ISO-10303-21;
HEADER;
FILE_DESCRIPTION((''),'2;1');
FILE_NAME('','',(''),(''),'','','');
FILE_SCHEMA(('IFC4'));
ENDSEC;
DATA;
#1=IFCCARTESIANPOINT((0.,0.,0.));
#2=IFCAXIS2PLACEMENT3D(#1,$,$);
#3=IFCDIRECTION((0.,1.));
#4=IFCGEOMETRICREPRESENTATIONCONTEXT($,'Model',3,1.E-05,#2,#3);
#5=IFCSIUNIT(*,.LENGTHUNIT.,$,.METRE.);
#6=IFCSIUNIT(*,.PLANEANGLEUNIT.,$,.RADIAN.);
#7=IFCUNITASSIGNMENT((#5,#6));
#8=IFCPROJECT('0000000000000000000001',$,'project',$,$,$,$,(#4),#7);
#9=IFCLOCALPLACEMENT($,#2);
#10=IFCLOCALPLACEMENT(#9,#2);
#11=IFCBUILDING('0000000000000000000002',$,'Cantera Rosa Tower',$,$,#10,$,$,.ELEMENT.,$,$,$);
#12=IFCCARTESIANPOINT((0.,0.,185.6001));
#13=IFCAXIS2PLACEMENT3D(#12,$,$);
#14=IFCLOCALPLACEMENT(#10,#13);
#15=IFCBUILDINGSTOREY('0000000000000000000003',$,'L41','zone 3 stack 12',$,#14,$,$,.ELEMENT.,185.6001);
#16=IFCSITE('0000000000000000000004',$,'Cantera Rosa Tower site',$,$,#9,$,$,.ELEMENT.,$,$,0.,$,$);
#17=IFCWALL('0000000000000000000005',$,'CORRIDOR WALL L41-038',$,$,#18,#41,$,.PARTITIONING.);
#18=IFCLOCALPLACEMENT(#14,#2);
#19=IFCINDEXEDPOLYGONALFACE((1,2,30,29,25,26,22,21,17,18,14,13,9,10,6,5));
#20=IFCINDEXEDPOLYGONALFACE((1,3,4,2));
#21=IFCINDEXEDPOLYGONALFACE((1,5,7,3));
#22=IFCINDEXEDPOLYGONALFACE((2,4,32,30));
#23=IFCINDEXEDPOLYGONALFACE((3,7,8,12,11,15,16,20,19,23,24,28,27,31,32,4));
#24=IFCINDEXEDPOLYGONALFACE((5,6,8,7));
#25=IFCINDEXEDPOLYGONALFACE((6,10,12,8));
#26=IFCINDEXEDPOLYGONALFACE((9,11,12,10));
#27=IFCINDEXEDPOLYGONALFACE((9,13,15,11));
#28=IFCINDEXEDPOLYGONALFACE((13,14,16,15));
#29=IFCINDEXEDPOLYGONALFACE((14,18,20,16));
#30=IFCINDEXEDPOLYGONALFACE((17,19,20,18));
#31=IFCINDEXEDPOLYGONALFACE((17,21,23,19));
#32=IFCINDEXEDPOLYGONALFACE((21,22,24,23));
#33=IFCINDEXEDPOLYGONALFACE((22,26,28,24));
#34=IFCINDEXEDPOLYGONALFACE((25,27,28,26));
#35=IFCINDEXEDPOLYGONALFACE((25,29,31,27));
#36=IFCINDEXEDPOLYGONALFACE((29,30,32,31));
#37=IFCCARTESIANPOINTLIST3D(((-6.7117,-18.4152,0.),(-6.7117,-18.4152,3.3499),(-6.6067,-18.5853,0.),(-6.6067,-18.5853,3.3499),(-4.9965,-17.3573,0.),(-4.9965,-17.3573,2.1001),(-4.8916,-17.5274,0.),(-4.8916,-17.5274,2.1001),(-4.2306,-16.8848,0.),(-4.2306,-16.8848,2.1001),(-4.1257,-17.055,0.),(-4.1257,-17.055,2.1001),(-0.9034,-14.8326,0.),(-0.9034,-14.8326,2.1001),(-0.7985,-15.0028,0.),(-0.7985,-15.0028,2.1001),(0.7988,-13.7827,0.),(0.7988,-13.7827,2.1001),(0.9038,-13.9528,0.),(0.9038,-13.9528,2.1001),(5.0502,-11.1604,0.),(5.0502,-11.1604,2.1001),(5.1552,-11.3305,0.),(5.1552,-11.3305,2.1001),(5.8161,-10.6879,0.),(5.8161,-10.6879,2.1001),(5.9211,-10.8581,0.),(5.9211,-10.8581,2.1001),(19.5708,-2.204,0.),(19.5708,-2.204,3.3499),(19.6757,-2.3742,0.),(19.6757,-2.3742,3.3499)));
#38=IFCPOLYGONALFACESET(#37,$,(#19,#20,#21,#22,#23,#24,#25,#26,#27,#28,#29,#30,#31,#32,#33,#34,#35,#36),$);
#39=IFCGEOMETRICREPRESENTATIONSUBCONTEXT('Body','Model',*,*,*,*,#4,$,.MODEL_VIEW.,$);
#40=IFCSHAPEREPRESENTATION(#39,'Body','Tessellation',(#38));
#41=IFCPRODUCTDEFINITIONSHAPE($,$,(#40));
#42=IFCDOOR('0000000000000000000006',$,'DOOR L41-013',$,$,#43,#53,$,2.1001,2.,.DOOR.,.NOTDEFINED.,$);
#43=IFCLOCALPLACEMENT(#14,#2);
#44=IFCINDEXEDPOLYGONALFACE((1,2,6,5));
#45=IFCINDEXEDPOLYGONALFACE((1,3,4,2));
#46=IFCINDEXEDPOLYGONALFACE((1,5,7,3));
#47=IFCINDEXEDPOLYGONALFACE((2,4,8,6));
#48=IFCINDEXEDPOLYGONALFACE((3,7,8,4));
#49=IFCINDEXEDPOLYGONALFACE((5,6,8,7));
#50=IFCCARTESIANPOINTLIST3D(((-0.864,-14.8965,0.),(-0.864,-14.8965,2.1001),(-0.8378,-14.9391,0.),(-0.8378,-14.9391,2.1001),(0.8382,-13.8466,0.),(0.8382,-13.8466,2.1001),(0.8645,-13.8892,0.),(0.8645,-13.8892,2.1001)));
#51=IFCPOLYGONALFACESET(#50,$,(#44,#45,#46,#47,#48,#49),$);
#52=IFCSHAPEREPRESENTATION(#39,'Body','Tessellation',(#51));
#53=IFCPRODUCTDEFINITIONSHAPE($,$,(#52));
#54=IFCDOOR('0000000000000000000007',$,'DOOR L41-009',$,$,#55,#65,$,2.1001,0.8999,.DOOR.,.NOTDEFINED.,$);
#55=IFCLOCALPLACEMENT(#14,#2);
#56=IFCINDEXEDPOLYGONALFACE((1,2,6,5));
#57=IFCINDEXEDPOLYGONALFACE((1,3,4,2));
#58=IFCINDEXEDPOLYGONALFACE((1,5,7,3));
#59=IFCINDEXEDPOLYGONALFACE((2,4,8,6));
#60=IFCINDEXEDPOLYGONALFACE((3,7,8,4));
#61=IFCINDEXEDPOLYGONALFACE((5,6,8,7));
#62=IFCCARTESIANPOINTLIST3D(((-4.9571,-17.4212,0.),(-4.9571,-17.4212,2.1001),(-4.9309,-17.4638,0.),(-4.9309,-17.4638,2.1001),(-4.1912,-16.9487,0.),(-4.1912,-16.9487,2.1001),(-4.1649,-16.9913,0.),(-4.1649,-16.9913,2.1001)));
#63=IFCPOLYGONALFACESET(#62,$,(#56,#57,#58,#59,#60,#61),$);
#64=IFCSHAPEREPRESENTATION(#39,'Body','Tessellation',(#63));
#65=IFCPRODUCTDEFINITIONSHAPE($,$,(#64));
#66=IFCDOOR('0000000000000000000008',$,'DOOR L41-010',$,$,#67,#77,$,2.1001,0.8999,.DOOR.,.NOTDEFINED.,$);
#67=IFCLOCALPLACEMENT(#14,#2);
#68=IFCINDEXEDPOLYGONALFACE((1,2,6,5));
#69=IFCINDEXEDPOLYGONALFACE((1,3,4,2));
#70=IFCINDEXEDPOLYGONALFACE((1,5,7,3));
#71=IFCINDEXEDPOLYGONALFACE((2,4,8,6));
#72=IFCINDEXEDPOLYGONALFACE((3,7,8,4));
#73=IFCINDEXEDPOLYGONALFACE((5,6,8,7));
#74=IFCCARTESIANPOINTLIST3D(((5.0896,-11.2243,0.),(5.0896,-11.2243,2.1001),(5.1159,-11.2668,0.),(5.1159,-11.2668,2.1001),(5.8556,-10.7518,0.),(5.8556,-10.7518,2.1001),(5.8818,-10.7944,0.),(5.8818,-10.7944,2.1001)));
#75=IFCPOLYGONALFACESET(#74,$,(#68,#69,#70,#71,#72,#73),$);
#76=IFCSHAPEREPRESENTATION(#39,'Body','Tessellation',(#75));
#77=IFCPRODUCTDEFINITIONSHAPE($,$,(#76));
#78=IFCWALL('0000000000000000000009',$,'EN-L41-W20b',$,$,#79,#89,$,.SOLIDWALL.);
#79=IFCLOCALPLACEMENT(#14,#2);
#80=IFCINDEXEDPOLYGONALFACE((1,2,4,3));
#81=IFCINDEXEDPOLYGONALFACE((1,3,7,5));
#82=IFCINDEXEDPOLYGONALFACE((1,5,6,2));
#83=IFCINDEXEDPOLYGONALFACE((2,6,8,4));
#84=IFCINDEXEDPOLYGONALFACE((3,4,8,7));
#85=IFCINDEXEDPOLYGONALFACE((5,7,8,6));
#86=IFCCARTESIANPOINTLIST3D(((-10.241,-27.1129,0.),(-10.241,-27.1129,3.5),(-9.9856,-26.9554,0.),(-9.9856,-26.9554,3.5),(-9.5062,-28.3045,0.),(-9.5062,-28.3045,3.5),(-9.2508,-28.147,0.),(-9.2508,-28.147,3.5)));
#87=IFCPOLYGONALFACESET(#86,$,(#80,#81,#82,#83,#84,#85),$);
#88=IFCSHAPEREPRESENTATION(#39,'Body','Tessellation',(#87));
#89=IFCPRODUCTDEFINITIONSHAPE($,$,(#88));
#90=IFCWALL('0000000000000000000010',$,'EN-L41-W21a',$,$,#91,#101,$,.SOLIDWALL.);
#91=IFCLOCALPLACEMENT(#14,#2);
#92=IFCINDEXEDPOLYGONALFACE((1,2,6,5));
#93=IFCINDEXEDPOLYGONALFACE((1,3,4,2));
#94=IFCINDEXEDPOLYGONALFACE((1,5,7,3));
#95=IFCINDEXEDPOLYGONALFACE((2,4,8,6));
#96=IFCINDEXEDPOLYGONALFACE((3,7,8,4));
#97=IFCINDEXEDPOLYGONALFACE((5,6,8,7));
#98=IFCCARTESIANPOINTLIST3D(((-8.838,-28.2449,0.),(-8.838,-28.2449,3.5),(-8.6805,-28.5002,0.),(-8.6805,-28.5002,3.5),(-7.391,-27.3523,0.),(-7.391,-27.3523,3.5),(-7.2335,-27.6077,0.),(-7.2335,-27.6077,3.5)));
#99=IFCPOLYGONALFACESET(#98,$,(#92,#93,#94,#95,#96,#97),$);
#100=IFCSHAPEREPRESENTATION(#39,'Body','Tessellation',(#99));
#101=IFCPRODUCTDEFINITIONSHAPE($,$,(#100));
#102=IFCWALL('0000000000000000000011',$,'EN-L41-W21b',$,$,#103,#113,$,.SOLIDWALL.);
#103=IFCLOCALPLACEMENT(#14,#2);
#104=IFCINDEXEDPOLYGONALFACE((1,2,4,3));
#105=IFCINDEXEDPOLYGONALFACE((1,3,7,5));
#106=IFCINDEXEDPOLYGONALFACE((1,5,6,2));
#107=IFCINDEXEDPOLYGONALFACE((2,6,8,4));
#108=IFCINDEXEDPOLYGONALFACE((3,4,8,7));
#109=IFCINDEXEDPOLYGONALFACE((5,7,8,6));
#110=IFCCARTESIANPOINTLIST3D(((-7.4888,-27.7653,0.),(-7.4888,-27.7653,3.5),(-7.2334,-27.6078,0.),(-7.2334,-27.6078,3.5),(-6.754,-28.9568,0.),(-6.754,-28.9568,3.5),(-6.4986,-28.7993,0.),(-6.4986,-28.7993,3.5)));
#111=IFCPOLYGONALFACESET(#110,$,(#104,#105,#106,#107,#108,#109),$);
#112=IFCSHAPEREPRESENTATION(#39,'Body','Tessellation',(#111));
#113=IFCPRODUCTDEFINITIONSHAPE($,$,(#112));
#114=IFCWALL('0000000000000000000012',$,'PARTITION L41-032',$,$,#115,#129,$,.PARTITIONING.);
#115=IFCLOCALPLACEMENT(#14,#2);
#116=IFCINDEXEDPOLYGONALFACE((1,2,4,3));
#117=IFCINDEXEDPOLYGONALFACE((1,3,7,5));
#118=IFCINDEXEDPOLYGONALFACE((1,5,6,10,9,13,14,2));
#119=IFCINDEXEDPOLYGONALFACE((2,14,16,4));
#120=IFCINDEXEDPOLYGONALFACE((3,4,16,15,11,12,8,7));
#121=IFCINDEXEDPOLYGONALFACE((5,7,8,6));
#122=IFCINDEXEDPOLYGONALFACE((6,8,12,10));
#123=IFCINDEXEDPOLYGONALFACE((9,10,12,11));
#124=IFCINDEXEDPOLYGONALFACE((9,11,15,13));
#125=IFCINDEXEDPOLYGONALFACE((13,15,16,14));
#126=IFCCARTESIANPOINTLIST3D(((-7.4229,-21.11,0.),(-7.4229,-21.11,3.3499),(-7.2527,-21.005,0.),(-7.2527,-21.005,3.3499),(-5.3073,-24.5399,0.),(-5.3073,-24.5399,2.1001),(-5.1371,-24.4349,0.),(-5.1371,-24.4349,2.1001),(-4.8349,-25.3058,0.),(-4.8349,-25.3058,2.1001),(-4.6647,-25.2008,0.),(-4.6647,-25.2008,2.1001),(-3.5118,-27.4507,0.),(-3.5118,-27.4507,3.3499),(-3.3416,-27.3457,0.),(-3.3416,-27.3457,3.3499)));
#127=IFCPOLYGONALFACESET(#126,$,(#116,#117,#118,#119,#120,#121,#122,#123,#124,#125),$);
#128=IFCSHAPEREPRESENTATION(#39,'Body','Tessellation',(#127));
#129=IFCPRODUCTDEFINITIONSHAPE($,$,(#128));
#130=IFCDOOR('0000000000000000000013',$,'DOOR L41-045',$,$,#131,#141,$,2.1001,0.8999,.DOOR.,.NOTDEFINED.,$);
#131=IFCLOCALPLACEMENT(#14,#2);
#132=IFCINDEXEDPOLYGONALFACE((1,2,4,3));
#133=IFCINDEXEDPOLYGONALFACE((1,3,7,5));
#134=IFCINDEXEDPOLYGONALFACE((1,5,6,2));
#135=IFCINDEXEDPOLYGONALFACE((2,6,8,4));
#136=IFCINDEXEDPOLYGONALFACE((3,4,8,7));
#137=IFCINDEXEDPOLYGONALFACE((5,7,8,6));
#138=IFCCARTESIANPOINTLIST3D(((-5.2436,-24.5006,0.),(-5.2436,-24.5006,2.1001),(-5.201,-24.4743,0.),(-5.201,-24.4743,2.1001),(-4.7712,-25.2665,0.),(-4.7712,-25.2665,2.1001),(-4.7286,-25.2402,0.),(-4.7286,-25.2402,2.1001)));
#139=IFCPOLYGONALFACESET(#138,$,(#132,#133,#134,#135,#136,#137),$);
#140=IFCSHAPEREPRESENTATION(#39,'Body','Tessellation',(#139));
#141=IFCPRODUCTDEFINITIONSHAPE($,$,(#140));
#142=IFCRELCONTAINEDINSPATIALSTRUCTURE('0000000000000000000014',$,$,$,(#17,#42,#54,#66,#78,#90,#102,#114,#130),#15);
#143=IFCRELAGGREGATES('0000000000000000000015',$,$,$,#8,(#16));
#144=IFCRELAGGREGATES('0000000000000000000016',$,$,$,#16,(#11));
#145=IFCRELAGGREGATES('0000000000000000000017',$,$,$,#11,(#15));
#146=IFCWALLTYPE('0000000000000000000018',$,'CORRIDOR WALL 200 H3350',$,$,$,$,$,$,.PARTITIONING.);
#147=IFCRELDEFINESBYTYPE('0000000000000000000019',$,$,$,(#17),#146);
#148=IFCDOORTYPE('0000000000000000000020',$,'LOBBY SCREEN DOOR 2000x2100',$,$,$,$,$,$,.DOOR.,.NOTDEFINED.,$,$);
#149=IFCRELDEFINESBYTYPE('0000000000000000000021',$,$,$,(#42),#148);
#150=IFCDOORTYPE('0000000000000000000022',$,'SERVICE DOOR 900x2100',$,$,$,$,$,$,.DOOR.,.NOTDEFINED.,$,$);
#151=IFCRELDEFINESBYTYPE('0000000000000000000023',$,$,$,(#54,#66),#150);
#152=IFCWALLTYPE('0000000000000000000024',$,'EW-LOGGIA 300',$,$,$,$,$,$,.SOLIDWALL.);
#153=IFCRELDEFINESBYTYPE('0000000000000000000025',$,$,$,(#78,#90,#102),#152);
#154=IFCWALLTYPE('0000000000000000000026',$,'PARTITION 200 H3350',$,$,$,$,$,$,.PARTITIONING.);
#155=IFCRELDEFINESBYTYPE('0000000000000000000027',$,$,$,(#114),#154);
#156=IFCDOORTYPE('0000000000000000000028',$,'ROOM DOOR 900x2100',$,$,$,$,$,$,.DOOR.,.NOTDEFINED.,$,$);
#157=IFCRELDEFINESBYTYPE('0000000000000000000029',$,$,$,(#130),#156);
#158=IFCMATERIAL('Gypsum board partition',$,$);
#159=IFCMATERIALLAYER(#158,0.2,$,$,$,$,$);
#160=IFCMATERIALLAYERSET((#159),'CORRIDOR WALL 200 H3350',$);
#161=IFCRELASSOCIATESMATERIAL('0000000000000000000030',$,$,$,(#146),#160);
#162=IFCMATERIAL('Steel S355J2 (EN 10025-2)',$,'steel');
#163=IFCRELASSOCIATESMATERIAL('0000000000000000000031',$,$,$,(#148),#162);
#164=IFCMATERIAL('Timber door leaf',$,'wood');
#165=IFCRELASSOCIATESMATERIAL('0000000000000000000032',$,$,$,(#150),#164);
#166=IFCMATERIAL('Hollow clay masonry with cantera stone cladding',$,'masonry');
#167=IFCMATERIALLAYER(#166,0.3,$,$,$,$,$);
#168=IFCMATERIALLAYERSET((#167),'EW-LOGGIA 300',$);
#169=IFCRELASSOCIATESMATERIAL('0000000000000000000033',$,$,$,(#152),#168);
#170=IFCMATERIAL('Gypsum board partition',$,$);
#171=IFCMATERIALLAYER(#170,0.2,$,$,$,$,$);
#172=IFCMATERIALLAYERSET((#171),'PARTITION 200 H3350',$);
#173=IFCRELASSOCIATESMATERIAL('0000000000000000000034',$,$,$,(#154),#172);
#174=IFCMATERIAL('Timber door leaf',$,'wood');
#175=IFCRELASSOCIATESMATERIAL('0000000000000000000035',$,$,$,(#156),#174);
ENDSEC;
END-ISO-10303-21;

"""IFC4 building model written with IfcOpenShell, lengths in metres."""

from ifc_helpers import new_model, si_unit, direction, frame, frame_2d, origin, place, context, subcontext, project, spatial, rectangle, extrude, material, layer, layer_set, type_object, element, fill, save


model = new_model("IFC4")

# Units and contexts
model_context = context("Model", 3, precision=1e-05, world=origin(), true_north=direction((0.0, 1.0)))
body_context = subcontext(model_context, "Body", "Model", "MODEL_VIEW")
ifc_project = project(units=[si_unit("LENGTHUNIT", "METRE"), si_unit("PLANEANGLEUNIT", "RADIAN")], contexts=[model_context])

# Site, building, storey
site_placement = place(None, origin())
site = spatial("IfcSite", under=ifc_project, at=site_placement, Name="Cantera Rosa Tower site", CompositionType="ELEMENT", RefElevation=0.0)
building_placement = place(site_placement, origin())
building = spatial("IfcBuilding", under=site, at=building_placement, Name="Cantera Rosa Tower", CompositionType="ELEMENT")
storey_placement = place(building_placement, frame((0.0, 0.0, 185.6001)))
storey = spatial("IfcBuildingStorey", under=building, at=storey_placement, Name="L41", Description="zone 3 stack 12", CompositionType="ELEMENT", Elevation=185.6001)

# Wall, openings, doors
ifc_material_1 = material(Name="Gypsum board partition")
ifc_layer_1 = layer(ifc_material_1, 0.2)
ifc_layer_set_1 = layer_set([ifc_layer_1], Name="CORRIDOR WALL 200 H3350")
wall_type_1 = type_object("IfcWallType", Name="CORRIDOR WALL 200 H3350", PredefinedType="PARTITIONING", material=ifc_layer_set_1)
wall_1_placement = place(storey_placement, frame((-6.6592, -18.5002, 0.0), z_axis=(0.0, 0.0, 1.0), x_axis=(0.851118, 0.524975, 0.0)))
wall_1 = element("IfcWall", 1, at=wall_1_placement, inside=storey, type_object=wall_type_1, Name="CORRIDOR WALL L41-038", PredefinedType="PARTITIONING", context=body_context, shape_type="SweptSolid", body=[
    extrude(rectangle(XDim=30.8799, YDim=0.2, at=frame_2d((15.4399, 0.0))), origin(), (0.0, 0.0, 1.0), 3.3499),
])
opening_1_placement = place(wall_1_placement, frame((2.0151, 0.0, 0.0)))
opening_1 = element("IfcOpeningElement", 2, at=opening_1_placement, cuts=wall_1, PredefinedType="OPENING", context=body_context, shape_type="SweptSolid", body=[
    extrude(rectangle(XDim=0.8999, YDim=2.1001, at=frame_2d((0.45, 1.05))), frame((0.0, 0.1099, 0.0), z_axis=(0.0, -1.0, 0.0), x_axis=(1.0, 0.0, 0.0)), (0.0, 0.0, 1.0), 0.22),
])
opening_2_placement = place(wall_1_placement, frame((13.8193, 0.0, 0.0)))
opening_2 = element("IfcOpeningElement", 3, at=opening_2_placement, cuts=wall_1, PredefinedType="OPENING", context=body_context, shape_type="SweptSolid", body=[
    extrude(rectangle(XDim=0.8999, YDim=2.1001, at=frame_2d((0.45, 1.05))), frame((0.0, 0.1099, 0.0), z_axis=(0.0, -1.0, 0.0), x_axis=(1.0, 0.0, 0.0)), (0.0, 0.0, 1.0), 0.22),
])
opening_3_placement = place(wall_1_placement, frame((6.8242, 0.0, 0.0)))
opening_3 = element("IfcOpeningElement", 4, at=opening_3_placement, cuts=wall_1, PredefinedType="OPENING", context=body_context, shape_type="SweptSolid", body=[
    extrude(rectangle(XDim=2.0, YDim=2.1001, at=frame_2d((1.0, 1.05))), frame((0.0, 0.1099, 0.0), z_axis=(0.0, -1.0, 0.0), x_axis=(1.0, 0.0, 0.0)), (0.0, 0.0, 1.0), 0.22),
])
ifc_material_2 = material(Name="Steel S355J2 (EN 10025-2)", Category="steel")
door_type_1 = type_object("IfcDoorType", Name="LOBBY SCREEN DOOR 2000x2100", OperationType="NOTDEFINED", PredefinedType="DOOR", material=ifc_material_2)
door_1_placement = place(opening_3_placement, origin())
door_1 = element("IfcDoor", 5, at=door_1_placement, inside=storey, type_object=door_type_1, Name="DOOR L41-013", OperationType="NOTDEFINED", OverallHeight=2.1001, OverallWidth=2.0, PredefinedType="DOOR", context=body_context, shape_type="SweptSolid", body=[
    extrude(rectangle(XDim=2.0, YDim=2.1001, at=frame_2d((1.0, 1.05))), frame((0.0, 0.0249, 0.0), z_axis=(0.0, -1.0, 0.0), x_axis=(1.0, 0.0, 0.0)), (0.0, 0.0, 1.0), 0.05),
])
fill(opening_3, door_1)
ifc_material_3 = material(Name="Timber door leaf", Category="wood")
door_type_2 = type_object("IfcDoorType", Name="SERVICE DOOR 900x2100", OperationType="NOTDEFINED", PredefinedType="DOOR", material=ifc_material_3)
door_2_placement = place(opening_1_placement, origin())
door_2 = element("IfcDoor", 6, at=door_2_placement, inside=storey, type_object=door_type_2, Name="DOOR L41-009", OperationType="NOTDEFINED", OverallHeight=2.1001, OverallWidth=0.8999, PredefinedType="DOOR", context=body_context, shape_type="SweptSolid", body=[
    extrude(rectangle(XDim=0.8999, YDim=2.1001, at=frame_2d((0.45, 1.05))), frame((0.0, 0.0249, 0.0), z_axis=(0.0, -1.0, 0.0), x_axis=(1.0, 0.0, 0.0)), (0.0, 0.0, 1.0), 0.05),
])
fill(opening_1, door_2)
door_3_placement = place(opening_2_placement, origin())
door_3 = element("IfcDoor", 7, at=door_3_placement, inside=storey, type_object=door_type_2, Name="DOOR L41-010", OperationType="NOTDEFINED", OverallHeight=2.1001, OverallWidth=0.8999, PredefinedType="DOOR", context=body_context, shape_type="SweptSolid", body=[
    extrude(rectangle(XDim=0.8999, YDim=2.1001, at=frame_2d((0.45, 1.05))), frame((0.0, 0.0249, 0.0), z_axis=(0.0, -1.0, 0.0), x_axis=(1.0, 0.0, 0.0)), (0.0, 0.0, 1.0), 0.05),
])
fill(opening_2, door_3)

# Walls
ifc_material_4 = material(Name="Hollow clay masonry with cantera stone cladding", Category="masonry")
ifc_layer_2 = layer(ifc_material_4, 0.3)
ifc_layer_set_2 = layer_set([ifc_layer_2], Name="EW-LOGGIA 300")
wall_type_2 = type_object("IfcWallType", Name="EW-LOGGIA 300", PredefinedType="SOLIDWALL", material=ifc_layer_set_2)
wall_2_placement = place(storey_placement, frame((-10.1133, -27.0342, 0.0), z_axis=(0.0, 0.0, 1.0), x_axis=(0.524895, -0.851167, 0.0)))
element("IfcWall", 8, at=wall_2_placement, inside=storey, type_object=wall_type_2, Name="EN-L41-W20b", PredefinedType="SOLIDWALL", context=body_context, shape_type="SweptSolid", body=[
    extrude(rectangle(XDim=1.3999, YDim=0.3, at=frame_2d((0.7, 0.0))), origin(), (0.0, 0.0, 1.0), 3.5),
])
wall_3_placement = place(storey_placement, frame((-8.7593, -28.3726, 0.0), z_axis=(0.0, 0.0, 1.0), x_axis=(0.851106, 0.524994, 0.0)))
element("IfcWall", 9, at=wall_3_placement, inside=storey, type_object=wall_type_2, Name="EN-L41-W21a", PredefinedType="SOLIDWALL", context=body_context, shape_type="SweptSolid", body=[
    extrude(rectangle(XDim=1.7002, YDim=0.3, at=frame_2d((0.8501, 0.0))), origin(), (0.0, 0.0, 1.0), 3.5),
])
wall_4_placement = place(storey_placement, frame((-7.3611, -27.6865, 0.0), z_axis=(0.0, 0.0, 1.0), x_axis=(0.524895, -0.851167, 0.0)))
element("IfcWall", 10, at=wall_4_placement, inside=storey, type_object=wall_type_2, Name="EN-L41-W21b", PredefinedType="SOLIDWALL", context=body_context, shape_type="SweptSolid", body=[
    extrude(rectangle(XDim=1.3999, YDim=0.3, at=frame_2d((0.7, 0.0))), origin(), (0.0, 0.0, 1.0), 3.5),
])

# Wall, opening, door
ifc_material_5 = material(Name="Gypsum board partition")
ifc_layer_3 = layer(ifc_material_5, 0.2)
ifc_layer_set_3 = layer_set([ifc_layer_3], Name="PARTITION 200 H3350")
wall_type_3 = type_object("IfcWallType", Name="PARTITION 200 H3350", PredefinedType="PARTITIONING", material=ifc_layer_set_3)
wall_5_placement = place(storey_placement, frame((-7.3379, -21.0574, 0.0), z_axis=(0.0, 0.0, 1.0), x_axis=(0.524982, -0.851113, 0.0)))
wall_5 = element("IfcWall", 11, at=wall_5_placement, inside=storey, type_object=wall_type_3, Name="PARTITION L41-032", PredefinedType="PARTITIONING", context=body_context, shape_type="SweptSolid", body=[
    extrude(rectangle(XDim=7.45, YDim=0.2, at=frame_2d((3.7251, 0.0))), origin(), (0.0, 0.0, 1.0), 3.3499),
])
opening_4_placement = place(wall_5_placement, frame((4.03, 0.0, 0.0)))
opening_4 = element("IfcOpeningElement", 12, at=opening_4_placement, cuts=wall_5, PredefinedType="OPENING", context=body_context, shape_type="SweptSolid", body=[
    extrude(rectangle(XDim=0.8999, YDim=2.1001, at=frame_2d((0.45, 1.05))), frame((0.0, 0.1099, 0.0), z_axis=(0.0, -1.0, 0.0), x_axis=(1.0, 0.0, 0.0)), (0.0, 0.0, 1.0), 0.22),
])
ifc_material_6 = material(Name="Timber door leaf", Category="wood")
door_type_3 = type_object("IfcDoorType", Name="ROOM DOOR 900x2100", OperationType="NOTDEFINED", PredefinedType="DOOR", material=ifc_material_6)
door_4_placement = place(opening_4_placement, origin())
door_4 = element("IfcDoor", 13, at=door_4_placement, inside=storey, type_object=door_type_3, Name="DOOR L41-045", OperationType="NOTDEFINED", OverallHeight=2.1001, OverallWidth=0.8999, PredefinedType="DOOR", context=body_context, shape_type="SweptSolid", body=[
    extrude(rectangle(XDim=0.8999, YDim=2.1001, at=frame_2d((0.45, 1.05))), frame((0.0, 0.0249, 0.0), z_axis=(0.0, -1.0, 0.0), x_axis=(1.0, 0.0, 0.0)), (0.0, 0.0, 1.0), 0.05),
])
fill(opening_4, door_4)

save(model, "model.ifc")
